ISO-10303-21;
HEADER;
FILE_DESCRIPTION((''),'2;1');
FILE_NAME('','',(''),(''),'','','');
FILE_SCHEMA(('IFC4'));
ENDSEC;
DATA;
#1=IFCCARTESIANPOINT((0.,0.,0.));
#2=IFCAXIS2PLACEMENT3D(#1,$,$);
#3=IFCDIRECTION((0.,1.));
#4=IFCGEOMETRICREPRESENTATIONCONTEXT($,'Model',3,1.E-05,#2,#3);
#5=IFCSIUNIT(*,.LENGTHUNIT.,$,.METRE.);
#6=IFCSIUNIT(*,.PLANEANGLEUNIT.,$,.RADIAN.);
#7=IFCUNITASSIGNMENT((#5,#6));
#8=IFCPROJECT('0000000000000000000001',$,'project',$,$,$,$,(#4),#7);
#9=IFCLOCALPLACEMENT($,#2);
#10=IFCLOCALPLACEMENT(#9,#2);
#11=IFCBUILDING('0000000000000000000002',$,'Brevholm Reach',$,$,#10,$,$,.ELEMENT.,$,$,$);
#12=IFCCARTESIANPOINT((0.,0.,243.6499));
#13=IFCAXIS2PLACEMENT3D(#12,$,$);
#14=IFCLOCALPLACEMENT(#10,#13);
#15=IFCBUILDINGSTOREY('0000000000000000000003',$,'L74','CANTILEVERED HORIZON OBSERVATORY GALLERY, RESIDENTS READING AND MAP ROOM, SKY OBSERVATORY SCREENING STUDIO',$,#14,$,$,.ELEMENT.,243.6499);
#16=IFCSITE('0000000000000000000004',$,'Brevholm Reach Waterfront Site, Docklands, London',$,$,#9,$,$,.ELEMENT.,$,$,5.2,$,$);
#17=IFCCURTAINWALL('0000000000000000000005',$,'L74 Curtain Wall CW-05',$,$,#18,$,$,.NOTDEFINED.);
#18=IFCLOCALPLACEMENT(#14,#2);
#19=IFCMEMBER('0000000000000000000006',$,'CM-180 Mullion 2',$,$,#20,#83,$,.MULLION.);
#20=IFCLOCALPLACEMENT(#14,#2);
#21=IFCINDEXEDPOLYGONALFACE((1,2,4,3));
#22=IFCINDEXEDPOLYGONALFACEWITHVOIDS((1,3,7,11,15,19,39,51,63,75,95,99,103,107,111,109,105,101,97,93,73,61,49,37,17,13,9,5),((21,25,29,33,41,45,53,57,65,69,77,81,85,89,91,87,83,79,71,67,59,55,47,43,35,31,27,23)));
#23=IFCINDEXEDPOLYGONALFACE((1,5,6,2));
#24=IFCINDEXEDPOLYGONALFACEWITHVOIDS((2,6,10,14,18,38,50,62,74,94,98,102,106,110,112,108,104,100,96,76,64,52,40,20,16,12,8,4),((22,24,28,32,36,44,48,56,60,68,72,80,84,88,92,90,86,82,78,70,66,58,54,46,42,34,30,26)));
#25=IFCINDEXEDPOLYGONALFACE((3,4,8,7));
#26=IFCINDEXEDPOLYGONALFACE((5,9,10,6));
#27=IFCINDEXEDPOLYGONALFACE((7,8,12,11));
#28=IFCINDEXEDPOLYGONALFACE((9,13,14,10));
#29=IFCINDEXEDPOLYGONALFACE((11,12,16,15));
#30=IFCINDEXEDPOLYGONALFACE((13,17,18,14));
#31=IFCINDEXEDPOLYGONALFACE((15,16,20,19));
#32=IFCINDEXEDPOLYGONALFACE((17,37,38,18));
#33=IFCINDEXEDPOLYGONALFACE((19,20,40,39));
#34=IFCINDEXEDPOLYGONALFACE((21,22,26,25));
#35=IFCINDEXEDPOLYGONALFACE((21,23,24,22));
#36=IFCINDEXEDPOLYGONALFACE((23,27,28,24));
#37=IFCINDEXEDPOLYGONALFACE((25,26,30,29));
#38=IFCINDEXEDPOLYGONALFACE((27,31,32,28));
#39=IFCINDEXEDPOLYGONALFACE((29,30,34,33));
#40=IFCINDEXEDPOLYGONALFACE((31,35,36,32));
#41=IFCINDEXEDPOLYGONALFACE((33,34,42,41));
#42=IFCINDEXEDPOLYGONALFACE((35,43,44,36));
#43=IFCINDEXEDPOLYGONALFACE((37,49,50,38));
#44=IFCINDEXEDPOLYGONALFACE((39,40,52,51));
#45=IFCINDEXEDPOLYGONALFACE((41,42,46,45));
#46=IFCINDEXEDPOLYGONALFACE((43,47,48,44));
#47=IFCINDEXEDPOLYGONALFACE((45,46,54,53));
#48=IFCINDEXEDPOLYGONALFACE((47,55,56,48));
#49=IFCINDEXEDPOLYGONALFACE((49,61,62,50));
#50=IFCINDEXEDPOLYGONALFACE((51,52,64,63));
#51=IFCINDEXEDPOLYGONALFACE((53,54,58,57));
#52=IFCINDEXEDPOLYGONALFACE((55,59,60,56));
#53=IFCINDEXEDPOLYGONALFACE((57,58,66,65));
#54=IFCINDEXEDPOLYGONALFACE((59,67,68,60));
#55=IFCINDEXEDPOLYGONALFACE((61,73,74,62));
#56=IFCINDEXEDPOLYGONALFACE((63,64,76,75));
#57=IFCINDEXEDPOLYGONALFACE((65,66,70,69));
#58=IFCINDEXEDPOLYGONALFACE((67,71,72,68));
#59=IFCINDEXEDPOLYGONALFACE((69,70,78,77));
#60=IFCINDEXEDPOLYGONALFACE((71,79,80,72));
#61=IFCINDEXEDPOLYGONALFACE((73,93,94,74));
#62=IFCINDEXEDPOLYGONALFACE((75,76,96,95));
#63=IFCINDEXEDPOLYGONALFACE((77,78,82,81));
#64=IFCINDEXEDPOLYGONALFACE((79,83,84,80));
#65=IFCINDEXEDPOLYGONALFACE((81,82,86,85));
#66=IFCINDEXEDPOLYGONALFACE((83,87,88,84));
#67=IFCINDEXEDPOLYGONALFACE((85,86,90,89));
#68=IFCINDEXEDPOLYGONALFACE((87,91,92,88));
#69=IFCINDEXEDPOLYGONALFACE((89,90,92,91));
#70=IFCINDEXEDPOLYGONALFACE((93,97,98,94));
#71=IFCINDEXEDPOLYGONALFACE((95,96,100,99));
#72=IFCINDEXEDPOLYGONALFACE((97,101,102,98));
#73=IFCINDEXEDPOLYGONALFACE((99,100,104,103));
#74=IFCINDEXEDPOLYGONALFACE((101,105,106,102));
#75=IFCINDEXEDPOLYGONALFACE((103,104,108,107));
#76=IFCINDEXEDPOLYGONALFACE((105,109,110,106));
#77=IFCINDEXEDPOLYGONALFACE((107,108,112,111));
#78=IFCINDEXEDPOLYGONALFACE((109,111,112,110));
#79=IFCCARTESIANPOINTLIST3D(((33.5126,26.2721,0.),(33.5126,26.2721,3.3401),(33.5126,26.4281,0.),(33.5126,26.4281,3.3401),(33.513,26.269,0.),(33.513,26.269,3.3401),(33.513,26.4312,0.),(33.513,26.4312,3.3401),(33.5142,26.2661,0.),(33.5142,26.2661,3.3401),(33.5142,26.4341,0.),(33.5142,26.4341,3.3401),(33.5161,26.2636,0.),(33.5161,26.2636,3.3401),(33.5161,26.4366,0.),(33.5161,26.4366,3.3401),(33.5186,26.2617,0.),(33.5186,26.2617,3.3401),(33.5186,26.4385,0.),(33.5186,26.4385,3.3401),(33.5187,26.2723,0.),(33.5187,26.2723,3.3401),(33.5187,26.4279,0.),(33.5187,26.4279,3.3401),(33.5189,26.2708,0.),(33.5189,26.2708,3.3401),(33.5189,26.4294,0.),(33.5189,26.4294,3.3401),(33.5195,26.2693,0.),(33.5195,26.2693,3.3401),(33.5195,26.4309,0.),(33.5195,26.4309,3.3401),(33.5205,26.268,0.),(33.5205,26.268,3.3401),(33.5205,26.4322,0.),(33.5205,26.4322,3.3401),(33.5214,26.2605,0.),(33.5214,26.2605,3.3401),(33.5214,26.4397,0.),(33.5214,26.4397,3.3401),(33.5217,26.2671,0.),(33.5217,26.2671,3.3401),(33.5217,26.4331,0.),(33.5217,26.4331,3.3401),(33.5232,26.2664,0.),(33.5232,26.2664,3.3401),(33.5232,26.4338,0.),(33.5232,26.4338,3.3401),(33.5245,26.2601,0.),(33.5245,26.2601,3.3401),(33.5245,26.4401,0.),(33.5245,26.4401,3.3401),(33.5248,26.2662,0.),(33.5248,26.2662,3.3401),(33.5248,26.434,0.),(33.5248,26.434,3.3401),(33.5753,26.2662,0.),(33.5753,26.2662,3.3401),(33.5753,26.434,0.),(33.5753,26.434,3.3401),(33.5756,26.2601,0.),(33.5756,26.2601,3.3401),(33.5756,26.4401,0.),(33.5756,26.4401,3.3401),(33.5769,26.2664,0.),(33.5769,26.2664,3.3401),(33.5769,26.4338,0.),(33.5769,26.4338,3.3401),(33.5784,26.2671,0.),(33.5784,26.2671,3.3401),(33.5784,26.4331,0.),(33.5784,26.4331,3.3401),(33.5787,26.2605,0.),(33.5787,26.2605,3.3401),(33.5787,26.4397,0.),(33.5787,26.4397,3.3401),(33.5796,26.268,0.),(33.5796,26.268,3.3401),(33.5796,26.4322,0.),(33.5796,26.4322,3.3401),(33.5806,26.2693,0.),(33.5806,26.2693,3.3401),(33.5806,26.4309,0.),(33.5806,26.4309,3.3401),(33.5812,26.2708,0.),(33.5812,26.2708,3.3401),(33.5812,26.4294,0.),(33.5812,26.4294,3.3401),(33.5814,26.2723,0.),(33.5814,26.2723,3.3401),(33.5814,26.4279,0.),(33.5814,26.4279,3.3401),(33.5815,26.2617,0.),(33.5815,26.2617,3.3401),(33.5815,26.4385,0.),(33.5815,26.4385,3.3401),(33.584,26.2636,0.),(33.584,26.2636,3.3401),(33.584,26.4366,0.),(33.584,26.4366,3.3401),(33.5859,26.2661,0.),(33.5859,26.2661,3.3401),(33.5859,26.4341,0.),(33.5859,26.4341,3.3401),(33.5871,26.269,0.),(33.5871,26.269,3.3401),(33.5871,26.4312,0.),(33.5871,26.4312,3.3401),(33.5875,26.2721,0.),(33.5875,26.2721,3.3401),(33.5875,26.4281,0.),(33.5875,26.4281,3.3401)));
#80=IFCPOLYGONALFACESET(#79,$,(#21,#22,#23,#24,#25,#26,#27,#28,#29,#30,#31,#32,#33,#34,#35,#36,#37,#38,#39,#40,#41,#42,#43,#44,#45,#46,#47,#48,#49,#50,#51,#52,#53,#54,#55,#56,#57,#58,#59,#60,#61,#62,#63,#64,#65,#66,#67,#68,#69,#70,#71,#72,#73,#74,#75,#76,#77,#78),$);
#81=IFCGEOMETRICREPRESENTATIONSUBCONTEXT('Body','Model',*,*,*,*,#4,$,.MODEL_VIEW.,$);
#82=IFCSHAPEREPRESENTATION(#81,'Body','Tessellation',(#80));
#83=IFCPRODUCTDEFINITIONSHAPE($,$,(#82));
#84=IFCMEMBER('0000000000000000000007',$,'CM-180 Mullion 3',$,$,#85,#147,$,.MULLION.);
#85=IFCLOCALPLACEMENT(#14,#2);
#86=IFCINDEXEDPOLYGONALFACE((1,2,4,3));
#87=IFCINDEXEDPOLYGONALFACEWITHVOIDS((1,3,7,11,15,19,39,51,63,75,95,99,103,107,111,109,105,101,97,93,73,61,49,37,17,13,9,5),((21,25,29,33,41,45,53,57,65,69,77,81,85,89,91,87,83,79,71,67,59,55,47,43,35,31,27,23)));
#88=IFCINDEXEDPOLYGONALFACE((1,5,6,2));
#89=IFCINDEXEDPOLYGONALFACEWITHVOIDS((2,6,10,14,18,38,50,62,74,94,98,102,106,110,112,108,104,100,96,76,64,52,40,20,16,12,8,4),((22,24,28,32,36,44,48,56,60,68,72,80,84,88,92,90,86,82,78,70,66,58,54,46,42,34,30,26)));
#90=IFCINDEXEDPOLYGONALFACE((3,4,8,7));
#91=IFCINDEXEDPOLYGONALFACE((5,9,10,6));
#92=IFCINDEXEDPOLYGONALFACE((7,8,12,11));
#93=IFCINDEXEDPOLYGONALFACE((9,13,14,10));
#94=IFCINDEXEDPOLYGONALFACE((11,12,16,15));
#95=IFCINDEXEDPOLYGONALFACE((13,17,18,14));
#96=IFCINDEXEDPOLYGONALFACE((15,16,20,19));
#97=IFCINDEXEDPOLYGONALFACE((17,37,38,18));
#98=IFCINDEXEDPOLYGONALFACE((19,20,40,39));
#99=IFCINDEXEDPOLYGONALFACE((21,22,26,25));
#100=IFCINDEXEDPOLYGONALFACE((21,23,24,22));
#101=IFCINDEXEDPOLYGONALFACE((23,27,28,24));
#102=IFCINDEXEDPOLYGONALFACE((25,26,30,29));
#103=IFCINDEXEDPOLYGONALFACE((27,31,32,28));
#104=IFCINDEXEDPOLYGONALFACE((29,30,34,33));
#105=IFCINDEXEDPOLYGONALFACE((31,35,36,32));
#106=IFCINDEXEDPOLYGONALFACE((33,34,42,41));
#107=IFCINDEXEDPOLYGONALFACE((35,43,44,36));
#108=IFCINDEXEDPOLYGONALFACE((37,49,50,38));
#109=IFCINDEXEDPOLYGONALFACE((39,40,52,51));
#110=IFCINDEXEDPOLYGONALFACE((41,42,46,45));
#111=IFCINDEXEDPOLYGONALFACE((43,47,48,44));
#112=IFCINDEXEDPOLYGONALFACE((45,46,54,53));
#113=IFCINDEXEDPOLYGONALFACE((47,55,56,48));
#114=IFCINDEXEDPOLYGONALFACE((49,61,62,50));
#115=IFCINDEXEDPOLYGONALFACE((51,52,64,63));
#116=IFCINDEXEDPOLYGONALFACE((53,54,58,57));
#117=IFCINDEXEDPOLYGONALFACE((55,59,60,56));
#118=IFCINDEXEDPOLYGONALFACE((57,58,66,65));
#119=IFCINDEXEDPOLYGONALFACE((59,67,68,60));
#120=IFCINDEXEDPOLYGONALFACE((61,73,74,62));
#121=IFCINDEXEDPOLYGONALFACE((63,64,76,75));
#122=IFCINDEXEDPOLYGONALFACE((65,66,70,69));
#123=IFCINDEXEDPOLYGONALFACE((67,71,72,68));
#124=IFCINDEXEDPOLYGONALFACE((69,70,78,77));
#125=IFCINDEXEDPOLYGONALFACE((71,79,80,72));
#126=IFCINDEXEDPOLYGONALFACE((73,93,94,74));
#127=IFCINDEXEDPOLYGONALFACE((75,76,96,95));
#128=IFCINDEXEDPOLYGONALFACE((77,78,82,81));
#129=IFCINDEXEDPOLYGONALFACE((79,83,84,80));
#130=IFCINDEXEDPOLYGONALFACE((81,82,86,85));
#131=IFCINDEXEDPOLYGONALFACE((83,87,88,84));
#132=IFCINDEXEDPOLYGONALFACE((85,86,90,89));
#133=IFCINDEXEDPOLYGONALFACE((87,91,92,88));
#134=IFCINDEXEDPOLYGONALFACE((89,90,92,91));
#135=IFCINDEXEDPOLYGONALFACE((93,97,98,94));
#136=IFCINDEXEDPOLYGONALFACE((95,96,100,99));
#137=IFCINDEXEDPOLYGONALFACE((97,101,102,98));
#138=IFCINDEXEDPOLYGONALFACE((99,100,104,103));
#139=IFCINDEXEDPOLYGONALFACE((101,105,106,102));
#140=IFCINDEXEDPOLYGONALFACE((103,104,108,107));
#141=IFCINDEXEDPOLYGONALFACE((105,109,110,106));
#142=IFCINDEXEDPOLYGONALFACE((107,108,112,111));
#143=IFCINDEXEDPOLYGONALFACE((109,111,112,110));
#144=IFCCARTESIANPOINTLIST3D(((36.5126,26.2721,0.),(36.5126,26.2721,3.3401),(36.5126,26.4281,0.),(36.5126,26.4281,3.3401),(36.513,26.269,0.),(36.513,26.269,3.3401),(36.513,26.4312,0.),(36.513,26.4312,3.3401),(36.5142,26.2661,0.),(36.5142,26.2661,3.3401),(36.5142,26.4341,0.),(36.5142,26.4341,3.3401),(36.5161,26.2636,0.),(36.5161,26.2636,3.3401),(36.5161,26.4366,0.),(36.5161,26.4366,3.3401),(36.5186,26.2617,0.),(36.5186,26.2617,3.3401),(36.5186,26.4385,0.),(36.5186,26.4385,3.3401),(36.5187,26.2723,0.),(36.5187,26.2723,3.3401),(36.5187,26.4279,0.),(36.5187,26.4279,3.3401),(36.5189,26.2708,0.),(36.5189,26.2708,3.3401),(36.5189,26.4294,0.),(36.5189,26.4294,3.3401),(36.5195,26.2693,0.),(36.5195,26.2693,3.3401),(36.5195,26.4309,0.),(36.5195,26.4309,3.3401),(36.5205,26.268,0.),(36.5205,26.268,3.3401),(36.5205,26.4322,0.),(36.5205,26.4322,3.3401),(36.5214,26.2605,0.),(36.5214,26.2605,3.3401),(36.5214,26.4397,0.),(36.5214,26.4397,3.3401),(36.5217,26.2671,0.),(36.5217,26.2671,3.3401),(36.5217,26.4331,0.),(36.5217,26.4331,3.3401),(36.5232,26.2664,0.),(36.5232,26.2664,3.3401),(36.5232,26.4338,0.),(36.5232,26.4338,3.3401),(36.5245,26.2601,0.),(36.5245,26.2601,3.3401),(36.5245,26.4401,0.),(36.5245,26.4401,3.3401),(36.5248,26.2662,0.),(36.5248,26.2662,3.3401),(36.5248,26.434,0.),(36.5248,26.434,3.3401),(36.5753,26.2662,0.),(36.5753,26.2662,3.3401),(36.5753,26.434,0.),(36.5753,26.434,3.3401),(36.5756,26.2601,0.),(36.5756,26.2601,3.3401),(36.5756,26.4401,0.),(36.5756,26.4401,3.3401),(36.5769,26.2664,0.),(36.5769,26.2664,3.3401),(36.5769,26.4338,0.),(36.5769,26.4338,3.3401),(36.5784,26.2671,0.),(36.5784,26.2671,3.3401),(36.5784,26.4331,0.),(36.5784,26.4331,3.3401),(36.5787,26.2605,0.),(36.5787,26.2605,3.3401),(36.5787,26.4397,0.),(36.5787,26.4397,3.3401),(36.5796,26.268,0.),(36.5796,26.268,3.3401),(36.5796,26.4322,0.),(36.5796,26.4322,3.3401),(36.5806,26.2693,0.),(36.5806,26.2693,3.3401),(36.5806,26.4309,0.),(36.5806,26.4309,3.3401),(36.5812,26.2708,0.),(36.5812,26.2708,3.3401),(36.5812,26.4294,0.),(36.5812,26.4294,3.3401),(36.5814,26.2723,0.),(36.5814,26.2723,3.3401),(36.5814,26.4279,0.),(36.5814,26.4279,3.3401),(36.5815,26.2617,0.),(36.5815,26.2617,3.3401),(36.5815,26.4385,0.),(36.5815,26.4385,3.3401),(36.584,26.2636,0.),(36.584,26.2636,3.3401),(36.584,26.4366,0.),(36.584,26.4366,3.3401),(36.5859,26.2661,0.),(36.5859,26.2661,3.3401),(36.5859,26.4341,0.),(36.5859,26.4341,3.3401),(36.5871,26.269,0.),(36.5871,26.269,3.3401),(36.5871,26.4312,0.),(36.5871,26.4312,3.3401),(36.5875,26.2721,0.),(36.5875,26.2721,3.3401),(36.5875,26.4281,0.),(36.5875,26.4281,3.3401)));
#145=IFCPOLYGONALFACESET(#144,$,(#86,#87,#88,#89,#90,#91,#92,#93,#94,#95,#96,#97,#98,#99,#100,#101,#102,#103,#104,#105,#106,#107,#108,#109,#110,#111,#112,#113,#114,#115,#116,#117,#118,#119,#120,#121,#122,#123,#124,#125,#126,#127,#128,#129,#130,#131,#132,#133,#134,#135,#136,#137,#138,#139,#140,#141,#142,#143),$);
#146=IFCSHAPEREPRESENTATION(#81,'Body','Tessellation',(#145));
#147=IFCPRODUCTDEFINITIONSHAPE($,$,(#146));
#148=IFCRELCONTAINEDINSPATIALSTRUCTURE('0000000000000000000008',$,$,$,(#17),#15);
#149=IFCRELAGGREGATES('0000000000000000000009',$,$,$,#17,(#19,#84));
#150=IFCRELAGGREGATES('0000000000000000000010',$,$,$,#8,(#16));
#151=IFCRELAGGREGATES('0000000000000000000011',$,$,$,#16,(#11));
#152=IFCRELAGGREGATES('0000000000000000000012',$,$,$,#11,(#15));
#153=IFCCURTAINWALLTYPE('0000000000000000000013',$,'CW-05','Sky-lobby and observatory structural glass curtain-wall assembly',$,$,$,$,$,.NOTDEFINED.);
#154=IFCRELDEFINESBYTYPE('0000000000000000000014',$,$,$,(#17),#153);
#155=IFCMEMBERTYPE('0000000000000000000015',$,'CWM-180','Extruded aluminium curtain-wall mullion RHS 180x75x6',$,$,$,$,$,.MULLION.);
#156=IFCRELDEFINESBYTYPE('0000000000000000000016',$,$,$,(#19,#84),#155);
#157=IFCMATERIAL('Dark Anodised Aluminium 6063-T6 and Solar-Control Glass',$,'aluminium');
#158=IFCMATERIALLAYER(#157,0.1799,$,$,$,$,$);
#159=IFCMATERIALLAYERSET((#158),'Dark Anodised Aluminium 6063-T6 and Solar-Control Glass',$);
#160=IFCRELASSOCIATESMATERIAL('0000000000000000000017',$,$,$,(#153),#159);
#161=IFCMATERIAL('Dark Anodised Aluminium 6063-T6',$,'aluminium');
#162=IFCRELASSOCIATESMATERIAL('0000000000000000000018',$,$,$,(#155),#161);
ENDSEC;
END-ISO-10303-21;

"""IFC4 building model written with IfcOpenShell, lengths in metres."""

from ifc_helpers import new_model, si_unit, direction, frame, origin, origin_2d, place, context, subcontext, project, spatial, hollow_rectangle, extrude, material, layer, layer_set, material_profile, profile_set, type_object, element, aggregate, save


model = new_model("IFC4")

# Units and contexts
model_context = context("Model", 3, precision=1e-05, world=origin(), true_north=direction((0.0, 1.0)))
body_context = subcontext(model_context, "Body", "Model", "MODEL_VIEW")
ifc_project = project(units=[si_unit("LENGTHUNIT", "METRE"), si_unit("PLANEANGLEUNIT", "RADIAN")], contexts=[model_context])

# Site, building, storey
site_placement = place(None, origin())
site = spatial("IfcSite", under=ifc_project, at=site_placement, Name="Brevholm Reach Waterfront Site, Docklands, London", CompositionType="ELEMENT", RefElevation=5.2)
building_placement = place(site_placement, origin())
building = spatial("IfcBuilding", under=site, at=building_placement, Name="Brevholm Reach", CompositionType="ELEMENT")
storey_placement = place(building_placement, frame((0.0, 0.0, 243.6499)))
storey = spatial("IfcBuildingStorey", under=building, at=storey_placement, Name="L74", Description="CANTILEVERED HORIZON OBSERVATORY GALLERY, RESIDENTS READING AND MAP ROOM, SKY OBSERVATORY SCREENING STUDIO", CompositionType="ELEMENT", Elevation=243.6499)

# Curtain wall, members
ifc_material_1 = material(Name="Dark Anodised Aluminium 6063-T6 and Solar-Control Glass", Category="aluminium")
ifc_layer_1 = layer(ifc_material_1, 0.1799)
ifc_layer_set_1 = layer_set([ifc_layer_1], Name="Dark Anodised Aluminium 6063-T6 and Solar-Control Glass")
curtain_wall_type = type_object("IfcCurtainWallType", Name="CW-05", Description="Sky-lobby and observatory structural glass curtain-wall assembly", PredefinedType="NOTDEFINED", material=ifc_layer_set_1)
curtain_wall_placement = place(storey_placement, origin())
curtain_wall = element("IfcCurtainWall", 1, at=curtain_wall_placement, inside=storey, type_object=curtain_wall_type, Name="L74 Curtain Wall CW-05", PredefinedType="NOTDEFINED")
ifc_material_2 = material(Name="Dark Anodised Aluminium 6063-T6", Category="aluminium")
ifc_material_profile_1 = material_profile(ifc_material_2, hollow_rectangle(XDim=0.075, YDim=0.1799, WallThickness=0.0061, InnerFilletRadius=0.0061, OuterFilletRadius=0.012, at=origin_2d()), Name="RHS 180x75x6")
ifc_profile_set_1 = profile_set([ifc_material_profile_1], Name="Dark Anodised Aluminium 6063-T6")
member_type_1 = type_object("IfcMemberType", Name="CWM-180", Description="Extruded aluminium curtain-wall mullion RHS 180x75x6", PredefinedType="MULLION", material=ifc_profile_set_1)
member_1_placement = place(storey_placement, frame((33.55, 26.3501, 0.0), z_axis=(0.0, 0.0, 1.0), x_axis=(1.0, 0.0, 0.0)))
member_1 = element("IfcMember", 2, at=member_1_placement, type_object=member_type_1, Name="CM-180 Mullion 2", PredefinedType="MULLION", context=body_context, shape_type="SweptSolid", body=[
    extrude(hollow_rectangle(XDim=0.075, YDim=0.1799, WallThickness=0.0061, InnerFilletRadius=0.0061, OuterFilletRadius=0.012, at=origin_2d()), origin(), (0.0, 0.0, 1.0), 3.3401),
])
member_2_placement = place(storey_placement, frame((36.55, 26.3501, 0.0), z_axis=(0.0, 0.0, 1.0), x_axis=(1.0, 0.0, 0.0)))
member_2 = element("IfcMember", 3, at=member_2_placement, type_object=member_type_1, Name="CM-180 Mullion 3", PredefinedType="MULLION", context=body_context, shape_type="SweptSolid", body=[
    extrude(hollow_rectangle(XDim=0.075, YDim=0.1799, WallThickness=0.0061, InnerFilletRadius=0.0061, OuterFilletRadius=0.012, at=origin_2d()), origin(), (0.0, 0.0, 1.0), 3.3401),
])
aggregate(curtain_wall, [member_1, member_2])

save(model, "model.ifc")
